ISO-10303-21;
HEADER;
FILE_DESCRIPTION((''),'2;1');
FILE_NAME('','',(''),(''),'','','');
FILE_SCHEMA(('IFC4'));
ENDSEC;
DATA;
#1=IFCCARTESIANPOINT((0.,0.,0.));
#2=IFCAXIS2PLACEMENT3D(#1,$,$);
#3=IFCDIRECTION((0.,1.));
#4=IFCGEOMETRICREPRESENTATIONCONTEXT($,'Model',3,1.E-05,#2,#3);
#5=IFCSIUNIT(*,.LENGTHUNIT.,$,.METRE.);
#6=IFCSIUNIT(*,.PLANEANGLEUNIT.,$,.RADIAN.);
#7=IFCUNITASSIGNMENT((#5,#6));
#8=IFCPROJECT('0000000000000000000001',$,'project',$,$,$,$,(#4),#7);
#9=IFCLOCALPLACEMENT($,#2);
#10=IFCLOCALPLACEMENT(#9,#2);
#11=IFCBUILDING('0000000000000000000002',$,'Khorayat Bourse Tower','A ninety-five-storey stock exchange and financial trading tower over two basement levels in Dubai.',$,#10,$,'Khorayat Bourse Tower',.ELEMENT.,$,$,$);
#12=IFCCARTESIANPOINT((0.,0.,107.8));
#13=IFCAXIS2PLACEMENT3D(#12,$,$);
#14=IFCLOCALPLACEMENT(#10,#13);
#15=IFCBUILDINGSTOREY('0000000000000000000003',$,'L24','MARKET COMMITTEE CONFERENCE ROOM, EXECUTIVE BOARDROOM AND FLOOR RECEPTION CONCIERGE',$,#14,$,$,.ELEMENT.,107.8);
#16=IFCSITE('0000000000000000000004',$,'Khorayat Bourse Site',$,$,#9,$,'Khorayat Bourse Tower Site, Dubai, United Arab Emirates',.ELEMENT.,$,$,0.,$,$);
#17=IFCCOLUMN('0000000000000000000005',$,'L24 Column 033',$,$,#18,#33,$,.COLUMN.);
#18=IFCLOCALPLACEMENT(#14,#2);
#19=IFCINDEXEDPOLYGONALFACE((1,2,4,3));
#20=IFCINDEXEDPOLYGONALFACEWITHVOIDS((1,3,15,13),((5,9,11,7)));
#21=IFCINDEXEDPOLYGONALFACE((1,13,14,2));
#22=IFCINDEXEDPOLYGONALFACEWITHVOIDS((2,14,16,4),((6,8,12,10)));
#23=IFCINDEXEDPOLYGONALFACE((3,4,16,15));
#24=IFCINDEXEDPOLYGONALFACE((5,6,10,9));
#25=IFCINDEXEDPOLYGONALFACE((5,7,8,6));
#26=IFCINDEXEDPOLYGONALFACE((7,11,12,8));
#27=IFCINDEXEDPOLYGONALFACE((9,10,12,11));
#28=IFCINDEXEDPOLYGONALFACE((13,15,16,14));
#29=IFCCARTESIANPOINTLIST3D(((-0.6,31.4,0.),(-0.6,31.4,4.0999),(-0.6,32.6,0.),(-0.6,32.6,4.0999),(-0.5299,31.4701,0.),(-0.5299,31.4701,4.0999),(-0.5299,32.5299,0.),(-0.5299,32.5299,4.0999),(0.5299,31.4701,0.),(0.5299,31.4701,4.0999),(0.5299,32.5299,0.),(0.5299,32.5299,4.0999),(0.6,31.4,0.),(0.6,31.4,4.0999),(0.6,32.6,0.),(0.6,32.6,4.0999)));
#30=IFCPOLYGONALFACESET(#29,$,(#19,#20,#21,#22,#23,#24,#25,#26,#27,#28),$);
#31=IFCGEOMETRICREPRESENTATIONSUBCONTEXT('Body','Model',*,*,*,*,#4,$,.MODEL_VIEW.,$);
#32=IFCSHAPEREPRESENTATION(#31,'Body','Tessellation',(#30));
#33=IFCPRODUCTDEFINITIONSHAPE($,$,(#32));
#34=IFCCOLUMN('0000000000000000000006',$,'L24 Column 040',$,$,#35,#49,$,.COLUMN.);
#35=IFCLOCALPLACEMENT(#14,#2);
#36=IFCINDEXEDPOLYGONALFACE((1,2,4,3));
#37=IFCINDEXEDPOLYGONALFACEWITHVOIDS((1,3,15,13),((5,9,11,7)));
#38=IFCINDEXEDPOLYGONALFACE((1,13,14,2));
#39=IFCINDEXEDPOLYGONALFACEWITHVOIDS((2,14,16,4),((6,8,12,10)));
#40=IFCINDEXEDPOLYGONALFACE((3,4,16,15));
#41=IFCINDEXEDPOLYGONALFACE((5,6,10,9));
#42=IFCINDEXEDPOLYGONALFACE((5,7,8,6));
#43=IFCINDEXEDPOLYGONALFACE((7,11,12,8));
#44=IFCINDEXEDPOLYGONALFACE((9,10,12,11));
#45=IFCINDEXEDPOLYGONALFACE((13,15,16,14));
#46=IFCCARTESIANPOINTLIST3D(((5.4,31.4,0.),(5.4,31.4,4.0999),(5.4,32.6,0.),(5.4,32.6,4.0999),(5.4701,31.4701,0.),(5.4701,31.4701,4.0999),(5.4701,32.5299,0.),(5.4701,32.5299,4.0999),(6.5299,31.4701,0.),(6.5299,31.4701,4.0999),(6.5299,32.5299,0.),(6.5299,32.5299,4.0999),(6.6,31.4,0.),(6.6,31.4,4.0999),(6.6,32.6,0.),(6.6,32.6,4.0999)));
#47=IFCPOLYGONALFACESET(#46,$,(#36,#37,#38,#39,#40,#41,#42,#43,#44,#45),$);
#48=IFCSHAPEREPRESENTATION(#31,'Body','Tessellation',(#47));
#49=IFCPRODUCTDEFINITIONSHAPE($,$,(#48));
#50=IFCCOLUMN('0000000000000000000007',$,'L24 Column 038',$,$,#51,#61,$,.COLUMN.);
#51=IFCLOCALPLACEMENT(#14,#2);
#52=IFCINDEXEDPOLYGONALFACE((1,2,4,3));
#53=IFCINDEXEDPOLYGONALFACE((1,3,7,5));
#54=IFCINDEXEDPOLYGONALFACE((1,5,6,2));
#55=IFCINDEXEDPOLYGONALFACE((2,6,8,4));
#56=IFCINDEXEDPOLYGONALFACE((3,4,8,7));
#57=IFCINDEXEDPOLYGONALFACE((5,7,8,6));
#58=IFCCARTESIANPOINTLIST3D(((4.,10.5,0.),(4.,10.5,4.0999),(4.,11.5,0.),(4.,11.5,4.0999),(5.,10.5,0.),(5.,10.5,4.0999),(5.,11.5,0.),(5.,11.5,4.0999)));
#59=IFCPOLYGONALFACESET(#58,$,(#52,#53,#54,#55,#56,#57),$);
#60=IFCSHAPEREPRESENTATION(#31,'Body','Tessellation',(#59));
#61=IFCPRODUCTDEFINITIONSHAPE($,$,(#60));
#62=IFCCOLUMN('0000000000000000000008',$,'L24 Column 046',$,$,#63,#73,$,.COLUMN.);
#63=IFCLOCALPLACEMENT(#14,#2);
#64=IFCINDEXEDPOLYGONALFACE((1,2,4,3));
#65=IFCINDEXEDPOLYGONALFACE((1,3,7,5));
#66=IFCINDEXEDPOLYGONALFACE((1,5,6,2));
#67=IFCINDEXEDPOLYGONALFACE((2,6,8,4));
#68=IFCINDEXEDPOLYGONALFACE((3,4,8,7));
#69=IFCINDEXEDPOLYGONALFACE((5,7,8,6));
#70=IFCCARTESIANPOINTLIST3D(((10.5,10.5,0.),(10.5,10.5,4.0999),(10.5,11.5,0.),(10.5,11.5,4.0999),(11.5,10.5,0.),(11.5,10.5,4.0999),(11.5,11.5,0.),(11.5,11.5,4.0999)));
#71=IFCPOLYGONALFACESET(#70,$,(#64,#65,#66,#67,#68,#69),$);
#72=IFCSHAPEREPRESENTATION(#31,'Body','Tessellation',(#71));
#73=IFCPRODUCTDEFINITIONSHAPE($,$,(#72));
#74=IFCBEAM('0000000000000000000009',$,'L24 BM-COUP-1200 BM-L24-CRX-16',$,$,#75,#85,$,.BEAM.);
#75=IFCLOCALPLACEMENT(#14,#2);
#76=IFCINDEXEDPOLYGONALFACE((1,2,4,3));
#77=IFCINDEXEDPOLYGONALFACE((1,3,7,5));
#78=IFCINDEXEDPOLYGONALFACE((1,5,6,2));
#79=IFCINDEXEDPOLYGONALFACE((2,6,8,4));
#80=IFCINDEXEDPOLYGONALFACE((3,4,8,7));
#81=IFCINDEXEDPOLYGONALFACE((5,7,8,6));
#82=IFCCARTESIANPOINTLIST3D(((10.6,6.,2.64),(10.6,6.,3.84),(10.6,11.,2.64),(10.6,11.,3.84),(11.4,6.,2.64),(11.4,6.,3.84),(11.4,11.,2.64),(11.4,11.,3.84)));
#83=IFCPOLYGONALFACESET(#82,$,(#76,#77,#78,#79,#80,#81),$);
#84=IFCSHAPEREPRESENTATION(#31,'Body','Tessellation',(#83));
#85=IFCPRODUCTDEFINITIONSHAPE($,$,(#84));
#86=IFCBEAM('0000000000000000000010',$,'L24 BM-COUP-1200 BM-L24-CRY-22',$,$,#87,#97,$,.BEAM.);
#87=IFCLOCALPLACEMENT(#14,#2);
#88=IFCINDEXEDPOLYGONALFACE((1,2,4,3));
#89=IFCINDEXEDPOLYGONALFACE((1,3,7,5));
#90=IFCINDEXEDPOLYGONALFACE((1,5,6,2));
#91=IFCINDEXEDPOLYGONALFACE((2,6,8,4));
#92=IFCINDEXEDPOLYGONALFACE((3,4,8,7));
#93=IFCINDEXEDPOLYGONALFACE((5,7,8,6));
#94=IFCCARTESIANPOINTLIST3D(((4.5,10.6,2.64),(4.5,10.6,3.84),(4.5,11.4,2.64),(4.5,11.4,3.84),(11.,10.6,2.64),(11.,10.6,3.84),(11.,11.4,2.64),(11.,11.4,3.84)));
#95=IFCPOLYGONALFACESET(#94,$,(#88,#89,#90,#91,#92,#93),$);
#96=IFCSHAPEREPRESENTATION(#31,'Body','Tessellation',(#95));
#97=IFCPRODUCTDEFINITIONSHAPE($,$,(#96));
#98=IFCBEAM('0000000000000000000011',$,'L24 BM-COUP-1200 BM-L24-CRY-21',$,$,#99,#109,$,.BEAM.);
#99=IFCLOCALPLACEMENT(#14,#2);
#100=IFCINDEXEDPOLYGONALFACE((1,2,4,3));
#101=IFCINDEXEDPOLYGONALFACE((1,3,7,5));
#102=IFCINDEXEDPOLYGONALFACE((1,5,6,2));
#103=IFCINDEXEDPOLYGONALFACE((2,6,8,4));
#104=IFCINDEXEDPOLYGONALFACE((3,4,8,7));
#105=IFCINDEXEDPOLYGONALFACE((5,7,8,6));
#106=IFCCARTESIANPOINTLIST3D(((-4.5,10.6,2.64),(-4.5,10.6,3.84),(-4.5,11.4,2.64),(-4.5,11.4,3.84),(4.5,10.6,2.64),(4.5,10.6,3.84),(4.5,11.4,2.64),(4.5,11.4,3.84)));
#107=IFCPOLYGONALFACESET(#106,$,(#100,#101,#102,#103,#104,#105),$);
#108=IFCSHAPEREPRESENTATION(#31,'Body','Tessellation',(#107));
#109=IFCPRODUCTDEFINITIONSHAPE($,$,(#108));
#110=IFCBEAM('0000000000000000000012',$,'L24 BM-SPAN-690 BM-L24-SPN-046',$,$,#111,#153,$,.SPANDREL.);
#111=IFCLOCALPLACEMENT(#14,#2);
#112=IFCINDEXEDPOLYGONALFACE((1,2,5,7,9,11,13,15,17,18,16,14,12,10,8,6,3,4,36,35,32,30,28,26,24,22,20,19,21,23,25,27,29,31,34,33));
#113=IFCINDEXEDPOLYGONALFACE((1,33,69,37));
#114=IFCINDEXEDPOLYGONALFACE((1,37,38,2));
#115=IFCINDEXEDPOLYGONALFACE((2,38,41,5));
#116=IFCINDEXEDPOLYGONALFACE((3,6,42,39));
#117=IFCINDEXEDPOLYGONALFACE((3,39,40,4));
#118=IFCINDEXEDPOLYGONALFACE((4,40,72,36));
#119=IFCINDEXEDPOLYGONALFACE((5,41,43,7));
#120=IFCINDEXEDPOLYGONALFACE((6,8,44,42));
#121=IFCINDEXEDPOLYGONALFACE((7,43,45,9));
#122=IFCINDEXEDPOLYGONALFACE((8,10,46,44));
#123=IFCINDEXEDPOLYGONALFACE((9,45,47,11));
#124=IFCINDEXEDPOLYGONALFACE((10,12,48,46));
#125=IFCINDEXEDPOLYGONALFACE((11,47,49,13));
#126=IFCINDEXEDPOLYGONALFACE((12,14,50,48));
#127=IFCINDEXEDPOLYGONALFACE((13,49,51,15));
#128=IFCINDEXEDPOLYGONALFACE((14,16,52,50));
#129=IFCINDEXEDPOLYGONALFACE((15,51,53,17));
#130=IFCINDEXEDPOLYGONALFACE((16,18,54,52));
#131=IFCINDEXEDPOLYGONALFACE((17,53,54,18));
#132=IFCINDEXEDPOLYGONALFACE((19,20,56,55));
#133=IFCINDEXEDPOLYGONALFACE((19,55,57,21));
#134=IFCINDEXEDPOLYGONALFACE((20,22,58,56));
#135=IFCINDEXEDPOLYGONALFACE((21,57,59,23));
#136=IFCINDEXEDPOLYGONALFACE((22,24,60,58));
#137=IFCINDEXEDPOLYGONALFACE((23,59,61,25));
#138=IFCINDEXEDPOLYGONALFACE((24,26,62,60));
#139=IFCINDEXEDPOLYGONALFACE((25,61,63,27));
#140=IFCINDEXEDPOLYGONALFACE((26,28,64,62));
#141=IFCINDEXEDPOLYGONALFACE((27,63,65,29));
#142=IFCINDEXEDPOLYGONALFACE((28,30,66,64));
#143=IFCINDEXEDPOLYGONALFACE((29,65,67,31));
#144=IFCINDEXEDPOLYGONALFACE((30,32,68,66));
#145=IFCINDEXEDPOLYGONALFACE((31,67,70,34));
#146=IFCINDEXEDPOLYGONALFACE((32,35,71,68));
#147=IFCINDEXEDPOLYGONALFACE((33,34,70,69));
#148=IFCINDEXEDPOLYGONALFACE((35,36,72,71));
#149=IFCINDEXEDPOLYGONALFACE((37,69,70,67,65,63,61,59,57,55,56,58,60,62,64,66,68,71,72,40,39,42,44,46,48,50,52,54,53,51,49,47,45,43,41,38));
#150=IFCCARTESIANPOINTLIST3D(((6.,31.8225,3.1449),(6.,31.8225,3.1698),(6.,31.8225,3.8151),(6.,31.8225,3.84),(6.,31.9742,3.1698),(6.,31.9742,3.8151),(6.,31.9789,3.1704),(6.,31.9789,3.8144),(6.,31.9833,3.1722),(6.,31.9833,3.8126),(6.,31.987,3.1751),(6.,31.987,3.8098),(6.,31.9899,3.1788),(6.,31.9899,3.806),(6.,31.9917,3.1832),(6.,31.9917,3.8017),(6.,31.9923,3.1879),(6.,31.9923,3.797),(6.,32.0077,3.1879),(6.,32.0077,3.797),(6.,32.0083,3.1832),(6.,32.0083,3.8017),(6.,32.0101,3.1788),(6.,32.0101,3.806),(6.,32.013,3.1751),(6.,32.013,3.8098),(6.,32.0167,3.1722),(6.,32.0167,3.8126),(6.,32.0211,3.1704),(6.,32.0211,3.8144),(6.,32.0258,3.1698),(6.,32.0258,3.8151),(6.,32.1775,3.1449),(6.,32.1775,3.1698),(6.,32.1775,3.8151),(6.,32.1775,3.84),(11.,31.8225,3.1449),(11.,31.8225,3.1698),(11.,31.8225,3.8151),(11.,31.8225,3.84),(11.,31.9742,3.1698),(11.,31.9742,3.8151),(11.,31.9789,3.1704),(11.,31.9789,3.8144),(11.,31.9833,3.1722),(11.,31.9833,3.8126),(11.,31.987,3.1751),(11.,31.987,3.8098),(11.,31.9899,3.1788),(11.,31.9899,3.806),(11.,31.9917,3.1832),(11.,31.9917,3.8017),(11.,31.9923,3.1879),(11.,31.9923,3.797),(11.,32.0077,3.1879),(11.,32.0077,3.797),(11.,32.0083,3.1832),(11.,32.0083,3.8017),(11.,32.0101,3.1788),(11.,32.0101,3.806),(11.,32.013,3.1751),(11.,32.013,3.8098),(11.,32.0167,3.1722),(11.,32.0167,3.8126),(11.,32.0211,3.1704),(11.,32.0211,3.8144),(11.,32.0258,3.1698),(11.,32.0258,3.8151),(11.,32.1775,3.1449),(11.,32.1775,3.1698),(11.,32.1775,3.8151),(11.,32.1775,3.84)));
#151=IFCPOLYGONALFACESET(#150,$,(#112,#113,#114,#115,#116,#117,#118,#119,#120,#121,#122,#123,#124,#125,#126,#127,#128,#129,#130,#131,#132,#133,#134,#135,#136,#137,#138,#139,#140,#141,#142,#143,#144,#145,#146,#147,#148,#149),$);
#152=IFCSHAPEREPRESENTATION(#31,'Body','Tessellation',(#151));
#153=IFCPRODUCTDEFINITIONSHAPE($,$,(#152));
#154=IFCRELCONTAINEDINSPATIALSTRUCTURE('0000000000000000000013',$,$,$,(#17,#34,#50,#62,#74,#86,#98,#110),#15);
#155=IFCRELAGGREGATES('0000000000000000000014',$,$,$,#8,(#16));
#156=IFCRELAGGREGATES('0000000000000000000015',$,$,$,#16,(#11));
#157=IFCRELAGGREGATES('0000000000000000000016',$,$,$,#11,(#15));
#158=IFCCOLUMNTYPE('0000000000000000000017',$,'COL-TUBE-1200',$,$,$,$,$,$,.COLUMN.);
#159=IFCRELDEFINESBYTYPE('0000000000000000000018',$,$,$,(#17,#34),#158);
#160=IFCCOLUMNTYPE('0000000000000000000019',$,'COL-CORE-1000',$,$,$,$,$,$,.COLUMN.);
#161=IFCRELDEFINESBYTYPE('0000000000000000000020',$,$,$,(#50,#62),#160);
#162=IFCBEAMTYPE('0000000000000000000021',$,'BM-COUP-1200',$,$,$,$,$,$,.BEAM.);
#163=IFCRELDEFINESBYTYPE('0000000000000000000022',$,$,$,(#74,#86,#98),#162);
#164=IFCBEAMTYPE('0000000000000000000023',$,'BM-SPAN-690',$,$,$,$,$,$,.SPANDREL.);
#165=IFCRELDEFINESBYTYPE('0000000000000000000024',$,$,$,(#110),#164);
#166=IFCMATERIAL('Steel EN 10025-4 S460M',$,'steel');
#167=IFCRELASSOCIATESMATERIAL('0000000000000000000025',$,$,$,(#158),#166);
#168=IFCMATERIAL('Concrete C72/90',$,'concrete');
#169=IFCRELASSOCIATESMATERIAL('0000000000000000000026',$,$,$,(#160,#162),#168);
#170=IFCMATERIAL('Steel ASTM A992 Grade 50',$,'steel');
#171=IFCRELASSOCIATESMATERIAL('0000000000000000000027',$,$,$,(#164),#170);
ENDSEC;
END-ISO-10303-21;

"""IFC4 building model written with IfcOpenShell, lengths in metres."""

from ifc_helpers import new_model, si_unit, direction, frame, origin, origin_2d, place, context, subcontext, project, spatial, rectangle, hollow_rectangle, i_section, extrude, source, transform, mapped, material, material_profile, profile_set, type_object, element, save


model = new_model("IFC4")

# Units and contexts
model_context = context("Model", 3, precision=1e-05, world=origin(), true_north=direction((0.0, 1.0)))
body_context = subcontext(model_context, "Body", "Model", "MODEL_VIEW")
ifc_project = project(units=[si_unit("LENGTHUNIT", "METRE"), si_unit("PLANEANGLEUNIT", "RADIAN")], contexts=[model_context])

# Site, building, storey
site_placement = place(None, origin())
site = spatial("IfcSite", under=ifc_project, at=site_placement, Name="Khorayat Bourse Site", LongName="Khorayat Bourse Tower Site, Dubai, United Arab Emirates", CompositionType="ELEMENT", RefElevation=0.0)
building_placement = place(site_placement, origin())
building = spatial("IfcBuilding", under=site, at=building_placement, Name="Khorayat Bourse Tower", Description="A ninety-five-storey stock exchange and financial trading tower over two basement levels in Dubai.", LongName="Khorayat Bourse Tower", CompositionType="ELEMENT")
storey_placement = place(building_placement, frame((0.0, 0.0, 107.8)))
storey = spatial("IfcBuildingStorey", under=building, at=storey_placement, Name="L24", Description="MARKET COMMITTEE CONFERENCE ROOM, EXECUTIVE BOARDROOM AND FLOOR RECEPTION CONCIERGE", CompositionType="ELEMENT", Elevation=107.8)

# Columns
ifc_material_1 = material(Name="Steel EN 10025-4 S460M", Category="steel")
ifc_material_profile_1 = material_profile(ifc_material_1, hollow_rectangle(XDim=1.2, YDim=1.2, WallThickness=0.0701, at=origin_2d()), Name="BOX 1200x1200x70")
ifc_profile_set_1 = profile_set([ifc_material_profile_1], Name="Steel EN 10025-4 S460M")
column_type_1 = type_object("IfcColumnType", Name="COL-TUBE-1200", PredefinedType="COLUMN", material=ifc_profile_set_1)
shared_shape_1 = source(origin(), body_context, "Body", "SweptSolid", [
    extrude(hollow_rectangle(XDim=1.2, YDim=1.2, WallThickness=0.0701, at=origin_2d()), origin(), (0.0, 0.0, 1.0), 4.0999),
])
for number, where, z_axis, x_axis, name in (
    (1, (0.0, 32.0, 0.0), (0.0, 0.0, 1.0), (1.0, 0.0, 0.0), "L24 Column 033"),
    (2, (6.0, 32.0, 0.0), (0.0, 0.0, 1.0), (1.0, 0.0, 0.0), "L24 Column 040"),
):
    element("IfcColumn", number, at=place(storey_placement, frame(where, z_axis=z_axis, x_axis=x_axis)), inside=storey, type_object=column_type_1, Name=name, PredefinedType="COLUMN", context=body_context, shape_type="MappedRepresentation", body=[
        mapped(shared_shape_1, transform((0.0, 0.0, 0.0), scale=1.0)),
    ])
ifc_material_2 = material(Name="Concrete C72/90", Category="concrete")
ifc_material_profile_2 = material_profile(ifc_material_2, rectangle(XDim=1.0, YDim=1.0, at=origin_2d()), Name="RC 1000x1000")
ifc_profile_set_2 = profile_set([ifc_material_profile_2], Name="Concrete C72/90")
column_type_2 = type_object("IfcColumnType", Name="COL-CORE-1000", PredefinedType="COLUMN", material=ifc_profile_set_2)
shared_shape_2 = source(origin(), body_context, "Body", "SweptSolid", [
    extrude(rectangle(XDim=1.0, YDim=1.0, at=origin_2d()), origin(), (0.0, 0.0, 1.0), 4.0999),
])
for number, where, z_axis, x_axis, name in (
    (3, (4.5, 11.0, 0.0), (0.0, 0.0, 1.0), (1.0, 0.0, 0.0), "L24 Column 038"),
    (4, (11.0, 11.0, 0.0), (0.0, 0.0, 1.0), (1.0, 0.0, 0.0), "L24 Column 046"),
):
    element("IfcColumn", number, at=place(storey_placement, frame(where, z_axis=z_axis, x_axis=x_axis)), inside=storey, type_object=column_type_2, Name=name, PredefinedType="COLUMN", context=body_context, shape_type="MappedRepresentation", body=[
        mapped(shared_shape_2, transform((0.0, 0.0, 0.0), scale=1.0)),
    ])

# Beams
ifc_material_profile_3 = material_profile(ifc_material_2, rectangle(XDim=0.8, YDim=1.2, at=origin_2d()), Name="RC 800x1200")
ifc_profile_set_3 = profile_set([ifc_material_profile_3], Name="Concrete C72/90")
beam_type_1 = type_object("IfcBeamType", Name="BM-COUP-1200", PredefinedType="BEAM", material=ifc_profile_set_3)
shared_shape_3 = source(origin(), body_context, "Body", "SweptSolid", [
    extrude(rectangle(XDim=0.8, YDim=1.2, at=origin_2d()), origin(), (0.0, 0.0, 1.0), 5.0),
])
beam_1_placement = place(storey_placement, frame((11.0, 6.0, 3.24), z_axis=(0.0, 1.0, 0.0), x_axis=(-1.0, 0.0, 0.0)))
element("IfcBeam", 5, at=beam_1_placement, inside=storey, type_object=beam_type_1, Name="L24 BM-COUP-1200 BM-L24-CRX-16", PredefinedType="BEAM", context=body_context, shape_type="MappedRepresentation", body=[
    mapped(shared_shape_3, transform((0.0, 0.0, 0.0), scale=1.0)),
])
shared_shape_4 = source(origin(), body_context, "Body", "SweptSolid", [
    extrude(rectangle(XDim=0.8, YDim=1.2, at=origin_2d()), origin(), (0.0, 0.0, 1.0), 6.5),
])
beam_2_placement = place(storey_placement, frame((4.5, 11.0, 3.24), z_axis=(1.0, 0.0, 0.0), x_axis=(0.0, 1.0, 0.0)))
element("IfcBeam", 6, at=beam_2_placement, inside=storey, type_object=beam_type_1, Name="L24 BM-COUP-1200 BM-L24-CRY-22", PredefinedType="BEAM", context=body_context, shape_type="MappedRepresentation", body=[
    mapped(shared_shape_4, transform((0.0, 0.0, 0.0), scale=1.0)),
])
shared_shape_5 = source(origin(), body_context, "Body", "SweptSolid", [
    extrude(rectangle(XDim=0.8, YDim=1.2, at=origin_2d()), origin(), (0.0, 0.0, 1.0), 9.0),
])
beam_3_placement = place(storey_placement, frame((-4.5, 11.0, 3.24), z_axis=(1.0, 0.0, 0.0), x_axis=(0.0, 1.0, 0.0)))
element("IfcBeam", 7, at=beam_3_placement, inside=storey, type_object=beam_type_1, Name="L24 BM-COUP-1200 BM-L24-CRY-21", PredefinedType="BEAM", context=body_context, shape_type="MappedRepresentation", body=[
    mapped(shared_shape_5, transform((0.0, 0.0, 0.0), scale=1.0)),
])
ifc_material_3 = material(Name="Steel ASTM A992 Grade 50", Category="steel")
ifc_material_profile_4 = material_profile(ifc_material_3, i_section(OverallWidth=0.355, OverallDepth=0.6951, WebThickness=0.0154, FlangeThickness=0.0249, FilletRadius=0.0181, at=origin_2d()), Name="W690X217")
ifc_profile_set_4 = profile_set([ifc_material_profile_4], Name="Steel ASTM A992 Grade 50")
beam_type_2 = type_object("IfcBeamType", Name="BM-SPAN-690", PredefinedType="SPANDREL", material=ifc_profile_set_4)
shared_shape_6 = source(origin(), body_context, "Body", "SweptSolid", [
    extrude(i_section(OverallWidth=0.355, OverallDepth=0.6951, WebThickness=0.0154, FlangeThickness=0.0249, FilletRadius=0.0181, at=origin_2d()), origin(), (0.0, 0.0, 1.0), 5.0),
])
beam_4_placement = place(storey_placement, frame((6.0, 32.0, 3.4924), z_axis=(1.0, 0.0, 0.0), x_axis=(0.0, 1.0, 0.0)))
element("IfcBeam", 8, at=beam_4_placement, inside=storey, type_object=beam_type_2, Name="L24 BM-SPAN-690 BM-L24-SPN-046", PredefinedType="SPANDREL", context=body_context, shape_type="MappedRepresentation", body=[
    mapped(shared_shape_6, transform((0.0, 0.0, 0.0), scale=1.0)),
])

save(model, "model.ifc")
